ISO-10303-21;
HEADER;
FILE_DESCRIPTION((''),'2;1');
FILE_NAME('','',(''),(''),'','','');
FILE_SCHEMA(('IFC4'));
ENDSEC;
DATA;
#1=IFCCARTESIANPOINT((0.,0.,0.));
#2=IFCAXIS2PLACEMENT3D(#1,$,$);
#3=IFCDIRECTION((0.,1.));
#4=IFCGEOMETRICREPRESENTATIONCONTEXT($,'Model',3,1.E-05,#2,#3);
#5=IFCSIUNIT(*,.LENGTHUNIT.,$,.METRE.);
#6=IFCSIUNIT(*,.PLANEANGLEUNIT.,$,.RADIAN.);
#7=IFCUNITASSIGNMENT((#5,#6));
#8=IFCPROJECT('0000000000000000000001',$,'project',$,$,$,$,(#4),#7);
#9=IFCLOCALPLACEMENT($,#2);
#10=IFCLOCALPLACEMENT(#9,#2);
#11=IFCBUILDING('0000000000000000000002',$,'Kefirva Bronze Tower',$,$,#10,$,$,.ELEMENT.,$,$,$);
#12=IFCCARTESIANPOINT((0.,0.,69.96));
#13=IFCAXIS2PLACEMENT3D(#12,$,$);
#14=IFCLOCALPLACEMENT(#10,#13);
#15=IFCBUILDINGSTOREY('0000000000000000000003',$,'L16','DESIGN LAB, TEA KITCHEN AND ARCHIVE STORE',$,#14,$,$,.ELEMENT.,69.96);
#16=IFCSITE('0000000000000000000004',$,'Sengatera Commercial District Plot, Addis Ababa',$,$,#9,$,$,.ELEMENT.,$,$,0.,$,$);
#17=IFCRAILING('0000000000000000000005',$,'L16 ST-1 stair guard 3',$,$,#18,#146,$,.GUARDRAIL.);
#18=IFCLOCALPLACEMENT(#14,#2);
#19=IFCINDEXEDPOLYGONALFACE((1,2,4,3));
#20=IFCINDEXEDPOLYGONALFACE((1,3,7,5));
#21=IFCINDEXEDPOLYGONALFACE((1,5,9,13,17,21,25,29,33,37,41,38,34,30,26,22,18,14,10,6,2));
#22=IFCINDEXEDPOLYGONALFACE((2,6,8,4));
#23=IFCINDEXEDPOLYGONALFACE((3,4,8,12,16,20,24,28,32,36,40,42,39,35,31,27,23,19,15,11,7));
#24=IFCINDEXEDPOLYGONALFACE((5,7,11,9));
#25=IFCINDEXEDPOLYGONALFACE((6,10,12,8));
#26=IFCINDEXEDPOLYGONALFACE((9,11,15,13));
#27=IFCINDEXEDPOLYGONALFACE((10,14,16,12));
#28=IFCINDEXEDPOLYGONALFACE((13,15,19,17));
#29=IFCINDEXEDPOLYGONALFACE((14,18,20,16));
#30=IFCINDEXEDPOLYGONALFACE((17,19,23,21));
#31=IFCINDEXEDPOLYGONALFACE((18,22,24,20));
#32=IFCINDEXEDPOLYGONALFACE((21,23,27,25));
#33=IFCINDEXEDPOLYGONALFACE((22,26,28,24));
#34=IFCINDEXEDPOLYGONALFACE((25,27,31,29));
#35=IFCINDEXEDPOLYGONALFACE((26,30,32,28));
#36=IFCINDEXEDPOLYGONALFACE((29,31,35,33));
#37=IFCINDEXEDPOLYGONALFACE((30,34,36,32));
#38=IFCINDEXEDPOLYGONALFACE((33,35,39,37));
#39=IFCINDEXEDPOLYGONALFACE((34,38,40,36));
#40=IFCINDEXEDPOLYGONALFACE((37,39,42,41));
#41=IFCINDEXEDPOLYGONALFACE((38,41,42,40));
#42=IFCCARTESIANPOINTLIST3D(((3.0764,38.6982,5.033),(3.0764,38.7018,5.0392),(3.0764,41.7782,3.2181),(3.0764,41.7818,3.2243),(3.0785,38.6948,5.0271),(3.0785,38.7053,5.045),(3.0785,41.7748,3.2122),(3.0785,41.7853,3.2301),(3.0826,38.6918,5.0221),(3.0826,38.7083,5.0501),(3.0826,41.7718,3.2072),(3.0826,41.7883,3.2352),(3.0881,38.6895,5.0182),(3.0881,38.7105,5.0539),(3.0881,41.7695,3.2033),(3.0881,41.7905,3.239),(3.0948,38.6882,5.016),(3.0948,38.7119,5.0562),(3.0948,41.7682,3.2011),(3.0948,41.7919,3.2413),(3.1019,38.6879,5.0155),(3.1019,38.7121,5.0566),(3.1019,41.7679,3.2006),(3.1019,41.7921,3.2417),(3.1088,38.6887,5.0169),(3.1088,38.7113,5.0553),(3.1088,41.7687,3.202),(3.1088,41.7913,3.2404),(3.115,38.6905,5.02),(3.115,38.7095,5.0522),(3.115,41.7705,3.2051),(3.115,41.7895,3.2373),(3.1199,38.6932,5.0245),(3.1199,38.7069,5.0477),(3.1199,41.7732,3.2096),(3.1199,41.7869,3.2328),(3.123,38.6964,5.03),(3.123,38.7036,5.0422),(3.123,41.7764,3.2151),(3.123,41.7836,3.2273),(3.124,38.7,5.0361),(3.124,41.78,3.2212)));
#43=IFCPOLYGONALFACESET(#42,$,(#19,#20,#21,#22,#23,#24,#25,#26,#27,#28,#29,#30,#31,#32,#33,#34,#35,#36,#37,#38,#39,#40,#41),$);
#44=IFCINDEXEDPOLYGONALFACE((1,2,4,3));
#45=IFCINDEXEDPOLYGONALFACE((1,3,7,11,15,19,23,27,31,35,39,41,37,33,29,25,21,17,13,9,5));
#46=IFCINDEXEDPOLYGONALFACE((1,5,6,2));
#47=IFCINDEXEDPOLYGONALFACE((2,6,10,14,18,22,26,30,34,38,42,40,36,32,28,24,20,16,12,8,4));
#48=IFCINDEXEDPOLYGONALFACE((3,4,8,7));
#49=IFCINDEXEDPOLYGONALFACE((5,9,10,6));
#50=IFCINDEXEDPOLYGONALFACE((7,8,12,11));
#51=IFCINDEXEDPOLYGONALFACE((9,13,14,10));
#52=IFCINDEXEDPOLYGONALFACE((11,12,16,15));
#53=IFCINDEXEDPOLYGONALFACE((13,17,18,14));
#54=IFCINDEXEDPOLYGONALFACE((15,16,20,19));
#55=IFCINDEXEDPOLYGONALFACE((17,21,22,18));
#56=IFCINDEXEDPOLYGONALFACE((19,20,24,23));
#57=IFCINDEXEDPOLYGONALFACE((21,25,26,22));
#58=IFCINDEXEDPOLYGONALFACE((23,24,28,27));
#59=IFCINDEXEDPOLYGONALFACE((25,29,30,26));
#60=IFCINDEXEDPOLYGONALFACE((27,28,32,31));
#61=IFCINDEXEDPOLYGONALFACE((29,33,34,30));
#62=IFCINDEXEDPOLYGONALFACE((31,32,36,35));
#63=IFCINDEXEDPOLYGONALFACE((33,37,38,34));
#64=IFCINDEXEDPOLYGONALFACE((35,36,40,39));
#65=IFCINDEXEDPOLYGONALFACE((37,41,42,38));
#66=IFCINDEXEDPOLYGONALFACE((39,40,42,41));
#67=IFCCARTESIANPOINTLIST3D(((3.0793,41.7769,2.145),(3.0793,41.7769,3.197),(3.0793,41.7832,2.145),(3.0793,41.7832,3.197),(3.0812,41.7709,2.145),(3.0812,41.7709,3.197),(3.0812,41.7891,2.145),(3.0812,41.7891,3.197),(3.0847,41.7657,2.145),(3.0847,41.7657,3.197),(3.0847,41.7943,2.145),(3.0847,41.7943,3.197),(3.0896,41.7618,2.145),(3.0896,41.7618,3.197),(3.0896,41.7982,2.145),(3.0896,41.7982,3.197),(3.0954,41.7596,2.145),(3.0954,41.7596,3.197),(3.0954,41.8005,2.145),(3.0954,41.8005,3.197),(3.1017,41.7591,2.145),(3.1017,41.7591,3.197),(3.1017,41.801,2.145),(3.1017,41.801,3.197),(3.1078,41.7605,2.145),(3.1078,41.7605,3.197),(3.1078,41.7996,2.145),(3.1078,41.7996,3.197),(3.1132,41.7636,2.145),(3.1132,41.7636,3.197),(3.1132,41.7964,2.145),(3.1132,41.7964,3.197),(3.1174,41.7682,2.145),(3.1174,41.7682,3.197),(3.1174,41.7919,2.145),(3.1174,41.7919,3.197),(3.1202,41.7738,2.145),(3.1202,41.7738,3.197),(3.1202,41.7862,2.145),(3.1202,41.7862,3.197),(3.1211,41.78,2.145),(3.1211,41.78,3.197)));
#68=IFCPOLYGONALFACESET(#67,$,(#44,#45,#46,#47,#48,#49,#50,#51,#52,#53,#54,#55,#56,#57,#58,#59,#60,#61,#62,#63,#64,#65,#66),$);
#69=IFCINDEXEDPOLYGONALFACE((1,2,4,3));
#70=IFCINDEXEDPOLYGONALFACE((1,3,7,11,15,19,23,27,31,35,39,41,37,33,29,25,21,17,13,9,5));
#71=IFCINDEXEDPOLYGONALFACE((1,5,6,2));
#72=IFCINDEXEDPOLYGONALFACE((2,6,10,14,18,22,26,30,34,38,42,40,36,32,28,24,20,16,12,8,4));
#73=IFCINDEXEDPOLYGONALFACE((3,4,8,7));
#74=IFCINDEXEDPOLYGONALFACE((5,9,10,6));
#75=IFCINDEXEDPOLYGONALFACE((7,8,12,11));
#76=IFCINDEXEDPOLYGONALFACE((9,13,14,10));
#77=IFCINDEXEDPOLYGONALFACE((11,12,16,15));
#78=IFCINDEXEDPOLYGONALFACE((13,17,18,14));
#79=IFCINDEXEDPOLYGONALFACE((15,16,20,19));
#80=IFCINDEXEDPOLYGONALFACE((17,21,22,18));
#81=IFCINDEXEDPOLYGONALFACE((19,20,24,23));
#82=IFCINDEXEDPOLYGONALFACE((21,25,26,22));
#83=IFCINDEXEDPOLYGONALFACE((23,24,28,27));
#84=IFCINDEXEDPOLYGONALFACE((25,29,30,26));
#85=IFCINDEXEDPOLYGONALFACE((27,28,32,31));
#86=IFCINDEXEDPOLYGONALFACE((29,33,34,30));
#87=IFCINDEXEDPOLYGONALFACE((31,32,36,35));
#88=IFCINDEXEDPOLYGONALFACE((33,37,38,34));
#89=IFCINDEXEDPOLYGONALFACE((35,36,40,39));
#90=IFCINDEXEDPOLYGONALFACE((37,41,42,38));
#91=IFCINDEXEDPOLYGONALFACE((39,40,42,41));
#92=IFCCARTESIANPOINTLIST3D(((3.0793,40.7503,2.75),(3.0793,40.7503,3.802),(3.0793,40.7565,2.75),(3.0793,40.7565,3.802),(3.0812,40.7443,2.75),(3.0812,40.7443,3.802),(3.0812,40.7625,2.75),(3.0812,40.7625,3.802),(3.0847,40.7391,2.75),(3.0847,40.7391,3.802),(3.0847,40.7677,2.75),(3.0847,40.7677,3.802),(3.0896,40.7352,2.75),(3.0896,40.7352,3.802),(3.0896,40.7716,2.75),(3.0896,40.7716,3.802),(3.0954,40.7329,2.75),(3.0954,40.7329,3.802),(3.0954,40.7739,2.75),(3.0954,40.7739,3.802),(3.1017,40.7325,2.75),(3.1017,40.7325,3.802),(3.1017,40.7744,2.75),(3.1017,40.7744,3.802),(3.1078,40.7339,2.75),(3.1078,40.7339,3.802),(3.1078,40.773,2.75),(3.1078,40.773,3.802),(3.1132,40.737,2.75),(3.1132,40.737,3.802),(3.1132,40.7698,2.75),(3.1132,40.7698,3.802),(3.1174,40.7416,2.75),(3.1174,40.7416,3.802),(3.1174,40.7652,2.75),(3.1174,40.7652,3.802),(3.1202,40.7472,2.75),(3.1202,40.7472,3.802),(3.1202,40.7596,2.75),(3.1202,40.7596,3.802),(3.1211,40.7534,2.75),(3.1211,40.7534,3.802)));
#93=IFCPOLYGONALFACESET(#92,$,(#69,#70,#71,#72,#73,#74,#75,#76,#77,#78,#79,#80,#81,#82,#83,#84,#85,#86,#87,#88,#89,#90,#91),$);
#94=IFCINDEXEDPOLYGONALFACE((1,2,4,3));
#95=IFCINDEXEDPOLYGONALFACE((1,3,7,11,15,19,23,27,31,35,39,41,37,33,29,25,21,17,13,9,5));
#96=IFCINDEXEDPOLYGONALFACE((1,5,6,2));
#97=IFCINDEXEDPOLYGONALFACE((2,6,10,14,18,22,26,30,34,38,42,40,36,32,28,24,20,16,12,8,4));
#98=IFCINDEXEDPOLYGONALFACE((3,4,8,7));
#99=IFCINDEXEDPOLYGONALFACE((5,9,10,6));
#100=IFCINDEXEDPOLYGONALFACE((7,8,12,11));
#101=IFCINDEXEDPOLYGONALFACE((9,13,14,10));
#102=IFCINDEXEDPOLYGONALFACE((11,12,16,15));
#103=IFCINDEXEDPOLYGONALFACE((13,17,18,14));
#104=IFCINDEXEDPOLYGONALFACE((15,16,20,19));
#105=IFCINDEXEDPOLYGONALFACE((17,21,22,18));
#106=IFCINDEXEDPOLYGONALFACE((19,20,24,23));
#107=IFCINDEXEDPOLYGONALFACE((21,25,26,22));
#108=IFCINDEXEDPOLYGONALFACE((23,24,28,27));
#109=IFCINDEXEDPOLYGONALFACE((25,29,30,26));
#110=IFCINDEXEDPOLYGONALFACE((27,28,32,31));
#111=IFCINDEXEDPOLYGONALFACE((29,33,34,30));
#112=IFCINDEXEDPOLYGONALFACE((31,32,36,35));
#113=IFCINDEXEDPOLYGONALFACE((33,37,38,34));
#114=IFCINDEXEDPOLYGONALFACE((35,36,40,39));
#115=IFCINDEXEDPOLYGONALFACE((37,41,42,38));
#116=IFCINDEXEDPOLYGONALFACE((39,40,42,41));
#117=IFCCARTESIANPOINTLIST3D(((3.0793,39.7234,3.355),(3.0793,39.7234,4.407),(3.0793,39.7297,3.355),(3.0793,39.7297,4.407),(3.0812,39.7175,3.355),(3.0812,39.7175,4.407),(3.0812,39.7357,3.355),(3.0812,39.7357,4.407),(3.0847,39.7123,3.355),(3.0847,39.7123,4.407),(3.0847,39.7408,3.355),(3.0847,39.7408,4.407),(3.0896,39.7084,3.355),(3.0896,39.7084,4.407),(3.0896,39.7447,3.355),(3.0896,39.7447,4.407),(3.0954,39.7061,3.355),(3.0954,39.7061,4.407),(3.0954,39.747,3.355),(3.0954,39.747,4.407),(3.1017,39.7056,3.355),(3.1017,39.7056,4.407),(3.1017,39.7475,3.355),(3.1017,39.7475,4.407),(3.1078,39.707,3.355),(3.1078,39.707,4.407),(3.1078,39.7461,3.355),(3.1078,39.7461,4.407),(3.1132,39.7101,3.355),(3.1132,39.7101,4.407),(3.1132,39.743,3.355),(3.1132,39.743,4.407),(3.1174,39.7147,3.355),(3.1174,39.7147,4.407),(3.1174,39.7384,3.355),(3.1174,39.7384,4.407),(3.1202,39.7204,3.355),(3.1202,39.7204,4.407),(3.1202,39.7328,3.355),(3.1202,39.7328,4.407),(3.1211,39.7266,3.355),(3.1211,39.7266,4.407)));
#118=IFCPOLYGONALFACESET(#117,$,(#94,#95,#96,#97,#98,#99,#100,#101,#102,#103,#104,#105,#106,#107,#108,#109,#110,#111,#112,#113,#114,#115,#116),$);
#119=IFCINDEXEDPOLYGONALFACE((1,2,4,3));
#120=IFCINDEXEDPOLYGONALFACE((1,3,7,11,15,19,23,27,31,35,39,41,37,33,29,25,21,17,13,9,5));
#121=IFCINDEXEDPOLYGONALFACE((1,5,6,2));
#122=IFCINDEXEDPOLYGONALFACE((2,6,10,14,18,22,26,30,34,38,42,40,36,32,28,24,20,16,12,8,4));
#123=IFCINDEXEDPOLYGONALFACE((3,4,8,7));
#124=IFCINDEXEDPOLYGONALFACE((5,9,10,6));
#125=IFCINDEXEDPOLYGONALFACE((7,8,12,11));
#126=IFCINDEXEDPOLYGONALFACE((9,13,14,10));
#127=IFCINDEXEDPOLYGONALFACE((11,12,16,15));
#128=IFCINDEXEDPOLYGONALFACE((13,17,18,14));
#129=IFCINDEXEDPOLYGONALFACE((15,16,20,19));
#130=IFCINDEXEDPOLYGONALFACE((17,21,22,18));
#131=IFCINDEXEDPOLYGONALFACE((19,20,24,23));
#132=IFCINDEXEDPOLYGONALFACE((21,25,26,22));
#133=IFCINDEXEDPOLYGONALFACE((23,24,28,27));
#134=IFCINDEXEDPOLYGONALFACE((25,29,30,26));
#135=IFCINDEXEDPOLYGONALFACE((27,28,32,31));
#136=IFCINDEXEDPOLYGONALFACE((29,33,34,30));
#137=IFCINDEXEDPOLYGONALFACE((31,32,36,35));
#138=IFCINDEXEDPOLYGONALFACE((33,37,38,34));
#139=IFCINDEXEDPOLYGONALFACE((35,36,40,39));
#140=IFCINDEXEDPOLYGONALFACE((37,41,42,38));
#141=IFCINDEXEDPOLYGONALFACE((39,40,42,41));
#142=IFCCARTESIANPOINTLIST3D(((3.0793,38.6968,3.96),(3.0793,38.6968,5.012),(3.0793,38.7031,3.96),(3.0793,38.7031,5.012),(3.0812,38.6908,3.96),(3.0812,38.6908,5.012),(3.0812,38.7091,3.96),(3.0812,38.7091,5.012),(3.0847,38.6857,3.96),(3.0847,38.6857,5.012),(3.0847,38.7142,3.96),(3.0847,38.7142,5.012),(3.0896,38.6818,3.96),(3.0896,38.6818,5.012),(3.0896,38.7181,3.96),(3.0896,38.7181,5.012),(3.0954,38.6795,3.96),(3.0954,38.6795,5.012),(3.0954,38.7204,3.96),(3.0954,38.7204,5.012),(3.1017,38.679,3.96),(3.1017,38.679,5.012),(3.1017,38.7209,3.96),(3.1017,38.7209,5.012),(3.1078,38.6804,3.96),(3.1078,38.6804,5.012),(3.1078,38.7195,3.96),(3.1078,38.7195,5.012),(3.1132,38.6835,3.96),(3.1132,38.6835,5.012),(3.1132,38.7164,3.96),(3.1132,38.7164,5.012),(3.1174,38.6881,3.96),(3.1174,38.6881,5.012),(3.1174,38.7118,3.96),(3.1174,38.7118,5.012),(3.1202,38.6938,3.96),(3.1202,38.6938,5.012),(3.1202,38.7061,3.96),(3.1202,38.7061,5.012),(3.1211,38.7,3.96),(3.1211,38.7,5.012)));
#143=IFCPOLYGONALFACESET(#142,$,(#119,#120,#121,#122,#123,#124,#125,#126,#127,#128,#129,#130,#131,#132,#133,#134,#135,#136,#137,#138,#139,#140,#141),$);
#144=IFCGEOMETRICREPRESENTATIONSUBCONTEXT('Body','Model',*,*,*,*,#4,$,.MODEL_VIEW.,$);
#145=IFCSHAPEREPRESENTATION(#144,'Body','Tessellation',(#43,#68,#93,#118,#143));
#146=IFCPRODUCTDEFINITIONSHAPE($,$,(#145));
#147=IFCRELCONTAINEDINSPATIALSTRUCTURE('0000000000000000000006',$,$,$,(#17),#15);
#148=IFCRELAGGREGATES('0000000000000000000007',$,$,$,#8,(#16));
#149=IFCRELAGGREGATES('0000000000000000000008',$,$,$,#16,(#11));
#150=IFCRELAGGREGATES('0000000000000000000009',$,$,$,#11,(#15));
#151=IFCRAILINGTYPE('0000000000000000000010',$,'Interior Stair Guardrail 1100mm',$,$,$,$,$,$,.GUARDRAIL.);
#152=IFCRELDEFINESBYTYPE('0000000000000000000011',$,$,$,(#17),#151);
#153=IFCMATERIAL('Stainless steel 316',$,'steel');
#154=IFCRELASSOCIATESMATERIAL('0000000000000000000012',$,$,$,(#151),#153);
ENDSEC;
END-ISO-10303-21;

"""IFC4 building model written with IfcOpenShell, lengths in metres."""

from ifc_helpers import new_model, si_unit, direction, frame, origin, origin_2d, place, context, subcontext, project, spatial, circle, extrude, material, type_object, element, save


model = new_model("IFC4")

# Units and contexts
model_context = context("Model", 3, precision=1e-05, world=origin(), true_north=direction((0.0, 1.0)))
body_context = subcontext(model_context, "Body", "Model", "MODEL_VIEW")
ifc_project = project(units=[si_unit("LENGTHUNIT", "METRE"), si_unit("PLANEANGLEUNIT", "RADIAN")], contexts=[model_context])

# Site, building, storey
site_placement = place(None, origin())
site = spatial("IfcSite", under=ifc_project, at=site_placement, Name="Sengatera Commercial District Plot, Addis Ababa", CompositionType="ELEMENT", RefElevation=0.0)
building_placement = place(site_placement, origin())
building = spatial("IfcBuilding", under=site, at=building_placement, Name="Kefirva Bronze Tower", CompositionType="ELEMENT")
storey_placement = place(building_placement, frame((0.0, 0.0, 69.96)))
storey = spatial("IfcBuildingStorey", under=building, at=storey_placement, Name="L16", Description="DESIGN LAB, TEA KITCHEN AND ARCHIVE STORE", CompositionType="ELEMENT", Elevation=69.96)

# Railing
ifc_material_1 = material(Name="Stainless steel 316", Category="steel")
railing_type_1 = type_object("IfcRailingType", Name="Interior Stair Guardrail 1100mm", PredefinedType="GUARDRAIL", material=ifc_material_1)
railing_1_placement = place(storey_placement, frame((3.1001, 41.78, 2.145)))
element("IfcRailing", 1, at=railing_1_placement, inside=storey, type_object=railing_type_1, Name="L16 ST-1 stair guard 3", PredefinedType="GUARDRAIL", context=body_context, shape_type="SweptSolid", body=[
    extrude(circle(Radius=0.0239, at=origin_2d()), frame((0.0, 0.0, 1.0762), z_axis=(0.0, -0.861551, 0.507671), x_axis=(1.0, 0.0, 0.0)), (0.0, 0.0, 1.0), 3.575),
    extrude(circle(Radius=0.021, at=origin_2d()), origin(), (0.0, 0.0, 1.0), 1.052),
    extrude(circle(Radius=0.021, at=origin_2d()), frame((0.0, -1.0266, 0.605)), (0.0, 0.0, 1.0), 1.052),
    extrude(circle(Radius=0.021, at=origin_2d()), frame((0.0, -2.0535, 1.21)), (0.0, 0.0, 1.0), 1.052),
    extrude(circle(Radius=0.021, at=origin_2d()), frame((0.0, -3.0801, 1.8149)), (0.0, 0.0, 1.0), 1.052),
])

save(model, "model.ifc")
